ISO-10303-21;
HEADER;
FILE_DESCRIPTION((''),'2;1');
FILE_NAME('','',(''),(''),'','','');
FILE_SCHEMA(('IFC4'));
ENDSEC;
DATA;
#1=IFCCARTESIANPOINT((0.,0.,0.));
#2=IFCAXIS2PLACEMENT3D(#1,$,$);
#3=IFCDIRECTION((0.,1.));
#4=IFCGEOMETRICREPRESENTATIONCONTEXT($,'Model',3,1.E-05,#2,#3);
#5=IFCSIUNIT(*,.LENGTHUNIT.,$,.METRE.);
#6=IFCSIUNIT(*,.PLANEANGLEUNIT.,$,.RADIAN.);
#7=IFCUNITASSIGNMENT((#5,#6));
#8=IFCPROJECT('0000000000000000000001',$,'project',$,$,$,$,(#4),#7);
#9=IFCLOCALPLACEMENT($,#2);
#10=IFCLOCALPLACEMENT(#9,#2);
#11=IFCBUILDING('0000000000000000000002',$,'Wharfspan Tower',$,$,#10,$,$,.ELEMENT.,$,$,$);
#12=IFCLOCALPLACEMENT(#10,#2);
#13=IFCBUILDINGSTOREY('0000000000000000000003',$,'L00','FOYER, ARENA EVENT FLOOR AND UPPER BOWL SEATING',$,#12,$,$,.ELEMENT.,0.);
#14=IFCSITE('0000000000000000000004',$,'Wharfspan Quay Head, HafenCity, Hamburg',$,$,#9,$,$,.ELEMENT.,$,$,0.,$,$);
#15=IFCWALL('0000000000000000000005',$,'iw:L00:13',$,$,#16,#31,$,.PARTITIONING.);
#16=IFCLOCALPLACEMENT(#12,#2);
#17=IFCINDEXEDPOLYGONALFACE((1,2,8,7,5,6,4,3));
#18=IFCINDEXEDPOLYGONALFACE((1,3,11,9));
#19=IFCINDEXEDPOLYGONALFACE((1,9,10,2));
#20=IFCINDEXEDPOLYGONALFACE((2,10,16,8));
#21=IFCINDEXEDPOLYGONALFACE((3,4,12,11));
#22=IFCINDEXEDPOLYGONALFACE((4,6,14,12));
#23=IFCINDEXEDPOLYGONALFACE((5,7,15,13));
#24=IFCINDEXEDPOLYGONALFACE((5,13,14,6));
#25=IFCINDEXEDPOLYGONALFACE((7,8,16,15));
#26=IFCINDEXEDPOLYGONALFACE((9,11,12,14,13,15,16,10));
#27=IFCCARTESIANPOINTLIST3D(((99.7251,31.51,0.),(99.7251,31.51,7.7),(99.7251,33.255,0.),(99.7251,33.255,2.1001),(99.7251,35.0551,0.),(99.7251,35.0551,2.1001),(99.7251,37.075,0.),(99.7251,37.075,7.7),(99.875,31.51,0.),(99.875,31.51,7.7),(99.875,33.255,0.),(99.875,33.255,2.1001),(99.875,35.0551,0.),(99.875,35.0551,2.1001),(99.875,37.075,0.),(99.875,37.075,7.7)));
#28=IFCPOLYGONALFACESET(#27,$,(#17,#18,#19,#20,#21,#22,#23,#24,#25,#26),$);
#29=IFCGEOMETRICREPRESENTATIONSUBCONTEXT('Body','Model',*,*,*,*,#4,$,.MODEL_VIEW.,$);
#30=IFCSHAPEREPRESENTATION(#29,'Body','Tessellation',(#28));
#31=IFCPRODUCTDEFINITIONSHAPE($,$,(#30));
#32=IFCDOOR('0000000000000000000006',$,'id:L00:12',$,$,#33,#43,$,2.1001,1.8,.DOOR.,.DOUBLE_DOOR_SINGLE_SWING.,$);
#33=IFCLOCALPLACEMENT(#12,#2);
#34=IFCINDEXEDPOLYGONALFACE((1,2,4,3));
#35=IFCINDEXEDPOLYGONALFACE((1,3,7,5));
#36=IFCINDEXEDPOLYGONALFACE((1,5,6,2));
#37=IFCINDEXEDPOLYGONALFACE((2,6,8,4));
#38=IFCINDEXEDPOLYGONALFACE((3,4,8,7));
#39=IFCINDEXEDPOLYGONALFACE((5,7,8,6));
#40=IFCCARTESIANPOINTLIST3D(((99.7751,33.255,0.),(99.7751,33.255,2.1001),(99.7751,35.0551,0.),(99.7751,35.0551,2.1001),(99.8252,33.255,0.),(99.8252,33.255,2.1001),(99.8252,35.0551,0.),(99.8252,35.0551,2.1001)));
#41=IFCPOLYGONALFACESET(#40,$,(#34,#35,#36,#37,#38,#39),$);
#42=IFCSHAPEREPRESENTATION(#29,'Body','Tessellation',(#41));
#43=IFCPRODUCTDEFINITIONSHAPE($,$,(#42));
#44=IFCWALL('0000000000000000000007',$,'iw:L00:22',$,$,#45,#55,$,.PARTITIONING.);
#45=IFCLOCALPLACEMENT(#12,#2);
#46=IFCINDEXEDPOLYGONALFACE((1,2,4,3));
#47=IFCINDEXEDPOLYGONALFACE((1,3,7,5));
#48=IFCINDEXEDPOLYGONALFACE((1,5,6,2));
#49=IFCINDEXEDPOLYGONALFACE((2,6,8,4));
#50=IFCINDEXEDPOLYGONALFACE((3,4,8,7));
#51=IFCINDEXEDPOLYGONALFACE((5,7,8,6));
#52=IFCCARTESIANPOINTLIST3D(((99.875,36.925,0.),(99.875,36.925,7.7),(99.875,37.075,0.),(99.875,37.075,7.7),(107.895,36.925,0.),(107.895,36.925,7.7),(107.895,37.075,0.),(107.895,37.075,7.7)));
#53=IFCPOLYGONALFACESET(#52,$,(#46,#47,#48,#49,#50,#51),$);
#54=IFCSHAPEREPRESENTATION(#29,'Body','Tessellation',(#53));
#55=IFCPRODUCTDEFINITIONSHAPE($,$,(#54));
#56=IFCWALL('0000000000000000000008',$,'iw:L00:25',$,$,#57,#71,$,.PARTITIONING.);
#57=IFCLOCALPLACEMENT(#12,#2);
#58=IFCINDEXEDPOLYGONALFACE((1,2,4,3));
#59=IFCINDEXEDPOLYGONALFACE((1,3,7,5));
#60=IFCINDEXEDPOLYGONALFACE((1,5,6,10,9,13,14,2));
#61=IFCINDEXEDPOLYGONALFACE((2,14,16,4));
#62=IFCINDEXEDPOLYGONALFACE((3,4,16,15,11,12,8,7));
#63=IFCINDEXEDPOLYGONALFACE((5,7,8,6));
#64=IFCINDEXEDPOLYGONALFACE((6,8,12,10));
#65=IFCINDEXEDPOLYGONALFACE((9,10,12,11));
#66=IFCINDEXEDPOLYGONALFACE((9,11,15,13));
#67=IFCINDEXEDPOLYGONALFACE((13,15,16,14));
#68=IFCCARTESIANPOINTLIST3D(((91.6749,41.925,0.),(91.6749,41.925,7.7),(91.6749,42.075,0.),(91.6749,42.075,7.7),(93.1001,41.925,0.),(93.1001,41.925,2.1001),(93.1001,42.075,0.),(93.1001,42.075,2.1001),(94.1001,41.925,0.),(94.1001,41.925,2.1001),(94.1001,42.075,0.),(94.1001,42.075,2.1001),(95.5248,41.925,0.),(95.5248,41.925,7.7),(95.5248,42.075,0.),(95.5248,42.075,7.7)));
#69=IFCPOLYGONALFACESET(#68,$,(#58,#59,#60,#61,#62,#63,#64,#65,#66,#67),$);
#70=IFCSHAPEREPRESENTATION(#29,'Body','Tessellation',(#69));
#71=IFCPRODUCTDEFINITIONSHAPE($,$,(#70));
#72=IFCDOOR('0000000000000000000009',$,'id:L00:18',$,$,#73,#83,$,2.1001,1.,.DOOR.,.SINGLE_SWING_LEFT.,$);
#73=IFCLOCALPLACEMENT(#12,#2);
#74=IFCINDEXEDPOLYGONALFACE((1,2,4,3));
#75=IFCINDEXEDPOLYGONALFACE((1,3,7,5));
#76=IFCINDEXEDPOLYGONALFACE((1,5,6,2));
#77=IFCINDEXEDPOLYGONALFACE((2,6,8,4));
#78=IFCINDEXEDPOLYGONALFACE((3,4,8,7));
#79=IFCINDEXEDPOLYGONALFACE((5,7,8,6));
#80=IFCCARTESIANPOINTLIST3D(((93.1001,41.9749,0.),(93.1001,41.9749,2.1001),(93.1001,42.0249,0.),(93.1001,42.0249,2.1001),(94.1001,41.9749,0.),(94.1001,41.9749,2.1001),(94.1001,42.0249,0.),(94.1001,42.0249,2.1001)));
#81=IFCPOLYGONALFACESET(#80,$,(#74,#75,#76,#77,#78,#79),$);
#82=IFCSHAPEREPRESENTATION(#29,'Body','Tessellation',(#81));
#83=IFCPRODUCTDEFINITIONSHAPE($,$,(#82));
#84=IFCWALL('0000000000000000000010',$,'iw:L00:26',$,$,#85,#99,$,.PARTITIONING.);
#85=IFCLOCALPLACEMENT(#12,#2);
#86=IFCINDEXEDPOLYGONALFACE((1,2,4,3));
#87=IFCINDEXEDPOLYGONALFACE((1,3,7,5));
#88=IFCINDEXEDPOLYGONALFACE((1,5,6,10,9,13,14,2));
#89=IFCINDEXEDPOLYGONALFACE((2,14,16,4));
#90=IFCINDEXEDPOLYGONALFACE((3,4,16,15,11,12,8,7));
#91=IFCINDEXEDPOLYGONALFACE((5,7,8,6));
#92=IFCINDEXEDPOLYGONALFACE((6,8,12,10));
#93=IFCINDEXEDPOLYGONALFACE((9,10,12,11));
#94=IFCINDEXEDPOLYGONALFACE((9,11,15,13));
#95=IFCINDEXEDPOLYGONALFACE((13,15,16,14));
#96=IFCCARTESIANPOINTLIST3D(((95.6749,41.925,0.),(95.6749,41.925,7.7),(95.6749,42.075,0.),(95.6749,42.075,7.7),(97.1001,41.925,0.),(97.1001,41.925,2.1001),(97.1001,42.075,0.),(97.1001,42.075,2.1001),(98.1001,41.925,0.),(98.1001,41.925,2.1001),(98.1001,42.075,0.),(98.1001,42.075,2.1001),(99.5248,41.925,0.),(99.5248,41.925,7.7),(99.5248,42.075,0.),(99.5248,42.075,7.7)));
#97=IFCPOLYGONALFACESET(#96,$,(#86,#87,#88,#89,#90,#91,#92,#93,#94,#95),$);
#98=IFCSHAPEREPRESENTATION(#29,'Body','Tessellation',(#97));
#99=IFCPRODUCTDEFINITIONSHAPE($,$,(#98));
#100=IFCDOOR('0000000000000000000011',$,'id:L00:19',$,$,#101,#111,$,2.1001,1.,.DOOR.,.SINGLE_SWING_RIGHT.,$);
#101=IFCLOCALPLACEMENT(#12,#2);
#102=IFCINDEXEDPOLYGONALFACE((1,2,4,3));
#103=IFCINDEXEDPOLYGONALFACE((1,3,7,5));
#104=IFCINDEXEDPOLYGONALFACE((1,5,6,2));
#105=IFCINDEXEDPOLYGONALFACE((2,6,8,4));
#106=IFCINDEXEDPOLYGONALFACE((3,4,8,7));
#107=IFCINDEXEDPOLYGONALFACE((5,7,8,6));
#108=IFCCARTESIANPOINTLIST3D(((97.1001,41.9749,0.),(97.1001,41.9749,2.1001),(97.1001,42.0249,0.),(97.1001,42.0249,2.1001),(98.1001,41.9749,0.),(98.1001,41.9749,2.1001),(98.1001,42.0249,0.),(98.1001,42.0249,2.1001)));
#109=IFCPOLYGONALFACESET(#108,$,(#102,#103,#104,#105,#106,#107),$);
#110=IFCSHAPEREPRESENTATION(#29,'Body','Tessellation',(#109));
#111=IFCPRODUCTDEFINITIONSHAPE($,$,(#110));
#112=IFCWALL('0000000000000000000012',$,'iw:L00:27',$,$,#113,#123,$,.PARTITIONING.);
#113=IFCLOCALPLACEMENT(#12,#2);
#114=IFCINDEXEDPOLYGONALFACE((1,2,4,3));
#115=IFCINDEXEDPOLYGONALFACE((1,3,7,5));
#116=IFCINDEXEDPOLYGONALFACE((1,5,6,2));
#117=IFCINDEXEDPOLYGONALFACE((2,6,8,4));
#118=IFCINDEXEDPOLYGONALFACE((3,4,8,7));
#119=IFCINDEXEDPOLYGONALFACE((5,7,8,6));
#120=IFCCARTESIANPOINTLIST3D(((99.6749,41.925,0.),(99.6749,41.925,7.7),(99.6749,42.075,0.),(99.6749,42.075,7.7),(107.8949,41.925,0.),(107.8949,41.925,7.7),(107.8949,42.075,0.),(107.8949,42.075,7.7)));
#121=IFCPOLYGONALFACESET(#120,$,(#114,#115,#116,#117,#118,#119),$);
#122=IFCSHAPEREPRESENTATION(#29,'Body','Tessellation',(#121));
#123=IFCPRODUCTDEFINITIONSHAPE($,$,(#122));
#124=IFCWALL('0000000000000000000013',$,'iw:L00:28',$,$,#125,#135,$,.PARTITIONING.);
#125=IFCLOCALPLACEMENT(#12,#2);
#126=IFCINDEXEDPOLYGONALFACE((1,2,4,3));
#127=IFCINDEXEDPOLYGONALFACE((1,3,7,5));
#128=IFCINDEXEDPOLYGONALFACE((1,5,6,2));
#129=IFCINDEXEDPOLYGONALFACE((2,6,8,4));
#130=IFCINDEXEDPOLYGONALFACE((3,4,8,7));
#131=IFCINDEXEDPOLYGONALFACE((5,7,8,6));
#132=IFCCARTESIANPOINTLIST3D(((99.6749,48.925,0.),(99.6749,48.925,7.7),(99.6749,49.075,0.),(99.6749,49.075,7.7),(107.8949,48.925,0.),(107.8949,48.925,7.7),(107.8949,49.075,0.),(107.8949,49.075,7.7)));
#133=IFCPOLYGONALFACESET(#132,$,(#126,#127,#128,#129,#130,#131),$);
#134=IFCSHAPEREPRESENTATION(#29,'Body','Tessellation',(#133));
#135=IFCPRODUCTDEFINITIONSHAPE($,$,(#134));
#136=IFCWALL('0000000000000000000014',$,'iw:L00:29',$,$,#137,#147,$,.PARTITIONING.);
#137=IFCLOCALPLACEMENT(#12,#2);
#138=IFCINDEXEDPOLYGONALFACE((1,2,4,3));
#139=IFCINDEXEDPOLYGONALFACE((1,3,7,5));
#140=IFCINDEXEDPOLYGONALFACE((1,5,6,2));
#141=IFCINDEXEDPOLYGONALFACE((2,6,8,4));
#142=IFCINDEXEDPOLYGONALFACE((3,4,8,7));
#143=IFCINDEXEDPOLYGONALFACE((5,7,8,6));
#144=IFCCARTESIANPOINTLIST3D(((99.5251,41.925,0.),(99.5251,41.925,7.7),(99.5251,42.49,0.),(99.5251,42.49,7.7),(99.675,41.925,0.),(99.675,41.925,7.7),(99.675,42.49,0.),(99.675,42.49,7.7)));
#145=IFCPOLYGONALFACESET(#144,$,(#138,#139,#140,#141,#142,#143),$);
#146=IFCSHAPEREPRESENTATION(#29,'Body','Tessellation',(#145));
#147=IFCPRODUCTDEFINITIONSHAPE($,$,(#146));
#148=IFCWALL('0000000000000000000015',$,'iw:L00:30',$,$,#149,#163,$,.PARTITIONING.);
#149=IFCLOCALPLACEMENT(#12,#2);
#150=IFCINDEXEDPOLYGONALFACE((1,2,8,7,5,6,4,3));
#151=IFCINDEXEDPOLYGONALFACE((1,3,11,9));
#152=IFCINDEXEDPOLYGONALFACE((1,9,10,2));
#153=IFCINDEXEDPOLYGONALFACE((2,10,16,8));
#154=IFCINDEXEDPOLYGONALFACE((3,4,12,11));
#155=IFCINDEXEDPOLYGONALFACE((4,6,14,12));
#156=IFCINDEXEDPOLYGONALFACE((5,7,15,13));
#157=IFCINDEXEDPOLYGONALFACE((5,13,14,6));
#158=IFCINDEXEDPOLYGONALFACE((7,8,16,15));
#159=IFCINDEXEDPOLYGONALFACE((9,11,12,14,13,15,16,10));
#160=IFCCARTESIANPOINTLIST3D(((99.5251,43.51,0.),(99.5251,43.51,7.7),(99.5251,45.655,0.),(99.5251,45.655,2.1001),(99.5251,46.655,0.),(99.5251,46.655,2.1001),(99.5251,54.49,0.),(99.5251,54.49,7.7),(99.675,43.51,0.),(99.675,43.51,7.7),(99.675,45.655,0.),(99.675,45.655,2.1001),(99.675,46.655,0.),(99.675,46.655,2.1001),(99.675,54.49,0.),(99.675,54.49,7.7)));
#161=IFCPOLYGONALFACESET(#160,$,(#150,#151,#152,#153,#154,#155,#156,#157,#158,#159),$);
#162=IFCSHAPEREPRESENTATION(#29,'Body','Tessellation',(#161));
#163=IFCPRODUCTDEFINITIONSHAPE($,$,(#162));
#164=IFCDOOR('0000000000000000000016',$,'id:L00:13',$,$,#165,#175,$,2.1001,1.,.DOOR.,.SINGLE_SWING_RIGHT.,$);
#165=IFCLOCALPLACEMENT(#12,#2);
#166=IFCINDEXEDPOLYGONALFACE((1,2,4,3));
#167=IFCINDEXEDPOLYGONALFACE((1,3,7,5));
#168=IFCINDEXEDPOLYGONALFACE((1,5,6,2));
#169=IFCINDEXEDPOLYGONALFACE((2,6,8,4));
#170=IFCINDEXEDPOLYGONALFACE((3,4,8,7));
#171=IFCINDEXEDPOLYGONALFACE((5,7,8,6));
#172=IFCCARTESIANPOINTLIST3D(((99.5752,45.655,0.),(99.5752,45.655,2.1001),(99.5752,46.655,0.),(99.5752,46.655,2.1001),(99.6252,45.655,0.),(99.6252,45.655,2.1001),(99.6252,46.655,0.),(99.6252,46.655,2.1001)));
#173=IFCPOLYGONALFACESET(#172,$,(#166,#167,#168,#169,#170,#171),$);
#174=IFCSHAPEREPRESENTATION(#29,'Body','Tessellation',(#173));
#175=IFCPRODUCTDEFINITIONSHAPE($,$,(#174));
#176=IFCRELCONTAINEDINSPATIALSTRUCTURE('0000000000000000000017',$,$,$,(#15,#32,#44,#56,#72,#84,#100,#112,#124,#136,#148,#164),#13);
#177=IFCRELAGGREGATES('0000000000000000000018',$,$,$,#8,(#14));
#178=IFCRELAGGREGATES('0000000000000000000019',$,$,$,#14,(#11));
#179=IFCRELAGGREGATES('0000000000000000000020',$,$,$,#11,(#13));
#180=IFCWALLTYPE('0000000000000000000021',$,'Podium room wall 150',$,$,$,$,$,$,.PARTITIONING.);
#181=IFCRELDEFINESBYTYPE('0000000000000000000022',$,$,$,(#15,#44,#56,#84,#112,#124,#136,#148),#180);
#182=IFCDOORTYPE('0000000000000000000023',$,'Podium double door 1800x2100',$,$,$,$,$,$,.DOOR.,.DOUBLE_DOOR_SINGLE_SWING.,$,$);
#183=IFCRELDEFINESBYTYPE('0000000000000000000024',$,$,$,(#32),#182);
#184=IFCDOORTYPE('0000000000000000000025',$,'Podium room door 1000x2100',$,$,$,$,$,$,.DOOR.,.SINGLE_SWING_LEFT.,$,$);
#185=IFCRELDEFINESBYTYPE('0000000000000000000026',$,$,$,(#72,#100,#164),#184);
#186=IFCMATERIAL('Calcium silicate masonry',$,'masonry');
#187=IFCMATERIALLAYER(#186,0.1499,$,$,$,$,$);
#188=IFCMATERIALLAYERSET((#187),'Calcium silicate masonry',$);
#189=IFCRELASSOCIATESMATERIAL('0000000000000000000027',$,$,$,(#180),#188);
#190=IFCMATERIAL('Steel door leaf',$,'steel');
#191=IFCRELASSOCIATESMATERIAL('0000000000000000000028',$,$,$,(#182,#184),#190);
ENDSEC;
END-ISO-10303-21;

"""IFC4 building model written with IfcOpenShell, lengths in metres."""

from ifc_helpers import new_model, si_unit, direction, frame, frame_2d, origin, place, context, subcontext, project, spatial, rectangle, extrude, material, layer, layer_set, type_object, element, fill, save


model = new_model("IFC4")

# Units and contexts
model_context = context("Model", 3, precision=1e-05, world=origin(), true_north=direction((0.0, 1.0)))
body_context = subcontext(model_context, "Body", "Model", "MODEL_VIEW")
ifc_project = project(units=[si_unit("LENGTHUNIT", "METRE"), si_unit("PLANEANGLEUNIT", "RADIAN")], contexts=[model_context])

# Site, building, storey
site_placement = place(None, origin())
site = spatial("IfcSite", under=ifc_project, at=site_placement, Name="Wharfspan Quay Head, HafenCity, Hamburg", CompositionType="ELEMENT", RefElevation=0.0)
building_placement = place(site_placement, origin())
building = spatial("IfcBuilding", under=site, at=building_placement, Name="Wharfspan Tower", CompositionType="ELEMENT")
storey_placement = place(building_placement, origin())
storey = spatial("IfcBuildingStorey", under=building, at=storey_placement, Name="L00", Description="FOYER, ARENA EVENT FLOOR AND UPPER BOWL SEATING", CompositionType="ELEMENT", Elevation=0.0)

# Wall, opening, door
ifc_material_1 = material(Name="Calcium silicate masonry", Category="masonry")
ifc_layer_1 = layer(ifc_material_1, 0.1499)
ifc_layer_set_1 = layer_set([ifc_layer_1], Name="Calcium silicate masonry")
wall_type_1 = type_object("IfcWallType", Name="Podium room wall 150", PredefinedType="PARTITIONING", material=ifc_layer_set_1)
wall_1_placement = place(storey_placement, frame((99.8, 31.51, 0.0), z_axis=(0.0, 0.0, 1.0), x_axis=(0.0, 1.0, 0.0)))
wall_1 = element("IfcWall", 1, at=wall_1_placement, inside=storey, type_object=wall_type_1, Name="iw:L00:13", PredefinedType="PARTITIONING", context=body_context, shape_type="SweptSolid", body=[
    extrude(rectangle(XDim=5.5649, YDim=0.1499, at=frame_2d((2.7825, 0.0))), origin(), (0.0, 0.0, 1.0), 7.7),
])
opening_1_placement = place(wall_1_placement, frame((1.7451, 0.0, 0.0)))
opening_1 = element("IfcOpeningElement", 2, at=opening_1_placement, cuts=wall_1, PredefinedType="OPENING", context=body_context, shape_type="SweptSolid", body=[
    extrude(rectangle(XDim=1.8, YDim=2.1001, at=frame_2d((0.8999, 1.05))), frame((0.0, 0.085, 0.0), z_axis=(0.0, -1.0, 0.0), x_axis=(1.0, 0.0, 0.0)), (0.0, 0.0, 1.0), 0.1699),
])
ifc_material_2 = material(Name="Steel door leaf", Category="steel")
door_type_1 = type_object("IfcDoorType", Name="Podium double door 1800x2100", OperationType="DOUBLE_DOOR_SINGLE_SWING", PredefinedType="DOOR", material=ifc_material_2)
door_1_placement = place(opening_1_placement, origin())
door_1 = element("IfcDoor", 3, at=door_1_placement, inside=storey, type_object=door_type_1, Name="id:L00:12", OperationType="DOUBLE_DOOR_SINGLE_SWING", OverallHeight=2.1001, OverallWidth=1.8, PredefinedType="DOOR", context=body_context, shape_type="SweptSolid", body=[
    extrude(rectangle(XDim=1.8, YDim=2.1001, at=frame_2d((0.8999, 1.05))), frame((0.0, 0.0249, 0.0), z_axis=(0.0, -1.0, 0.0), x_axis=(1.0, 0.0, 0.0)), (0.0, 0.0, 1.0), 0.05),
])
fill(opening_1, door_1)

# Wall
wall_2_placement = place(storey_placement, frame((99.875, 37.0, 0.0), z_axis=(0.0, 0.0, 1.0), x_axis=(1.0, 0.0, 0.0)))
element("IfcWall", 4, at=wall_2_placement, inside=storey, type_object=wall_type_1, Name="iw:L00:22", PredefinedType="PARTITIONING", context=body_context, shape_type="SweptSolid", body=[
    extrude(rectangle(XDim=8.02, YDim=0.1499, at=frame_2d((4.01, 0.0))), origin(), (0.0, 0.0, 1.0), 7.7),
])

# Walls, openings, doors
wall_3_placement = place(storey_placement, frame((91.675, 42.0, 0.0), z_axis=(0.0, 0.0, 1.0), x_axis=(1.0, 0.0, 0.0)))
wall_3 = element("IfcWall", 5, at=wall_3_placement, inside=storey, type_object=wall_type_1, Name="iw:L00:25", PredefinedType="PARTITIONING", context=body_context, shape_type="SweptSolid", body=[
    extrude(rectangle(XDim=3.8499, YDim=0.1499, at=frame_2d((1.9248, 0.0))), origin(), (0.0, 0.0, 1.0), 7.7),
])
opening_2_placement = place(wall_3_placement, frame((1.425, 0.0, 0.0)))
opening_2 = element("IfcOpeningElement", 6, at=opening_2_placement, cuts=wall_3, PredefinedType="OPENING", context=body_context, shape_type="SweptSolid", body=[
    extrude(rectangle(XDim=1.0, YDim=2.1001, at=frame_2d((0.5, 1.05))), frame((0.0, 0.085, 0.0), z_axis=(0.0, -1.0, 0.0), x_axis=(1.0, 0.0, 0.0)), (0.0, 0.0, 1.0), 0.1699),
])
door_type_2 = type_object("IfcDoorType", Name="Podium room door 1000x2100", OperationType="SINGLE_SWING_LEFT", PredefinedType="DOOR", material=ifc_material_2)
door_2_placement = place(opening_2_placement, origin())
door_2 = element("IfcDoor", 7, at=door_2_placement, inside=storey, type_object=door_type_2, Name="id:L00:18", OperationType="SINGLE_SWING_LEFT", OverallHeight=2.1001, OverallWidth=1.0, PredefinedType="DOOR", context=body_context, shape_type="SweptSolid", body=[
    extrude(rectangle(XDim=1.0, YDim=2.1001, at=frame_2d((0.5, 1.05))), frame((0.0, 0.0249, 0.0), z_axis=(0.0, -1.0, 0.0), x_axis=(1.0, 0.0, 0.0)), (0.0, 0.0, 1.0), 0.05),
])
fill(opening_2, door_2)
wall_4_placement = place(storey_placement, frame((95.675, 42.0, 0.0), z_axis=(0.0, 0.0, 1.0), x_axis=(1.0, 0.0, 0.0)))
wall_4 = element("IfcWall", 8, at=wall_4_placement, inside=storey, type_object=wall_type_1, Name="iw:L00:26", PredefinedType="PARTITIONING", context=body_context, shape_type="SweptSolid", body=[
    extrude(rectangle(XDim=3.8499, YDim=0.1499, at=frame_2d((1.9248, 0.0))), origin(), (0.0, 0.0, 1.0), 7.7),
])
opening_3_placement = place(wall_4_placement, frame((1.425, 0.0, 0.0)))
opening_3 = element("IfcOpeningElement", 9, at=opening_3_placement, cuts=wall_4, PredefinedType="OPENING", context=body_context, shape_type="SweptSolid", body=[
    extrude(rectangle(XDim=1.0, YDim=2.1001, at=frame_2d((0.5, 1.05))), frame((0.0, 0.085, 0.0), z_axis=(0.0, -1.0, 0.0), x_axis=(1.0, 0.0, 0.0)), (0.0, 0.0, 1.0), 0.1699),
])
door_3_placement = place(opening_3_placement, origin())
door_3 = element("IfcDoor", 10, at=door_3_placement, inside=storey, type_object=door_type_2, Name="id:L00:19", OperationType="SINGLE_SWING_RIGHT", OverallHeight=2.1001, OverallWidth=1.0, PredefinedType="DOOR", context=body_context, shape_type="SweptSolid", body=[
    extrude(rectangle(XDim=1.0, YDim=2.1001, at=frame_2d((0.5, 1.05))), frame((0.0, 0.0249, 0.0), z_axis=(0.0, -1.0, 0.0), x_axis=(1.0, 0.0, 0.0)), (0.0, 0.0, 1.0), 0.05),
])
fill(opening_3, door_3)

# Walls
for number, where, z_axis, x_axis, name in (
    (11, (99.675, 42.0, 0.0), (0.0, 0.0, 1.0), (1.0, 0.0, 0.0), "iw:L00:27"),
    (12, (99.675, 49.0, 0.0), (0.0, 0.0, 1.0), (1.0, 0.0, 0.0), "iw:L00:28"),
):
    element("IfcWall", number, at=place(storey_placement, frame(where, z_axis=z_axis, x_axis=x_axis)), inside=storey, type_object=wall_type_1, Name=name, PredefinedType="PARTITIONING", context=body_context, shape_type="SweptSolid", body=[
        extrude(rectangle(XDim=8.22, YDim=0.1499, at=frame_2d((4.1099, 0.0))), origin(), (0.0, 0.0, 1.0), 7.7),
    ])
wall_5_placement = place(storey_placement, frame((99.6001, 41.925, 0.0), z_axis=(0.0, 0.0, 1.0), x_axis=(0.0, 1.0, 0.0)))
element("IfcWall", 13, at=wall_5_placement, inside=storey, type_object=wall_type_1, Name="iw:L00:29", PredefinedType="PARTITIONING", context=body_context, shape_type="SweptSolid", body=[
    extrude(rectangle(XDim=0.5649, YDim=0.1499, at=frame_2d((0.2825, 0.0))), origin(), (0.0, 0.0, 1.0), 7.7),
])

# Wall, opening, door
wall_6_placement = place(storey_placement, frame((99.6001, 43.51, 0.0), z_axis=(0.0, 0.0, 1.0), x_axis=(0.0, 1.0, 0.0)))
wall_6 = element("IfcWall", 14, at=wall_6_placement, inside=storey, type_object=wall_type_1, Name="iw:L00:30", PredefinedType="PARTITIONING", context=body_context, shape_type="SweptSolid", body=[
    extrude(rectangle(XDim=10.98, YDim=0.1499, at=frame_2d((5.49, 0.0))), origin(), (0.0, 0.0, 1.0), 7.7),
])
opening_4_placement = place(wall_6_placement, frame((2.145, 0.0, 0.0)))
opening_4 = element("IfcOpeningElement", 15, at=opening_4_placement, cuts=wall_6, PredefinedType="OPENING", context=body_context, shape_type="SweptSolid", body=[
    extrude(rectangle(XDim=1.0, YDim=2.1001, at=frame_2d((0.5, 1.05))), frame((0.0, 0.085, 0.0), z_axis=(0.0, -1.0, 0.0), x_axis=(1.0, 0.0, 0.0)), (0.0, 0.0, 1.0), 0.1699),
])
door_4_placement = place(opening_4_placement, origin())
door_4 = element("IfcDoor", 16, at=door_4_placement, inside=storey, type_object=door_type_2, Name="id:L00:13", OperationType="SINGLE_SWING_RIGHT", OverallHeight=2.1001, OverallWidth=1.0, PredefinedType="DOOR", context=body_context, shape_type="SweptSolid", body=[
    extrude(rectangle(XDim=1.0, YDim=2.1001, at=frame_2d((0.5, 1.05))), frame((0.0, 0.0249, 0.0), z_axis=(0.0, -1.0, 0.0), x_axis=(1.0, 0.0, 0.0)), (0.0, 0.0, 1.0), 0.05),
])
fill(opening_4, door_4)

save(model, "model.ifc")
